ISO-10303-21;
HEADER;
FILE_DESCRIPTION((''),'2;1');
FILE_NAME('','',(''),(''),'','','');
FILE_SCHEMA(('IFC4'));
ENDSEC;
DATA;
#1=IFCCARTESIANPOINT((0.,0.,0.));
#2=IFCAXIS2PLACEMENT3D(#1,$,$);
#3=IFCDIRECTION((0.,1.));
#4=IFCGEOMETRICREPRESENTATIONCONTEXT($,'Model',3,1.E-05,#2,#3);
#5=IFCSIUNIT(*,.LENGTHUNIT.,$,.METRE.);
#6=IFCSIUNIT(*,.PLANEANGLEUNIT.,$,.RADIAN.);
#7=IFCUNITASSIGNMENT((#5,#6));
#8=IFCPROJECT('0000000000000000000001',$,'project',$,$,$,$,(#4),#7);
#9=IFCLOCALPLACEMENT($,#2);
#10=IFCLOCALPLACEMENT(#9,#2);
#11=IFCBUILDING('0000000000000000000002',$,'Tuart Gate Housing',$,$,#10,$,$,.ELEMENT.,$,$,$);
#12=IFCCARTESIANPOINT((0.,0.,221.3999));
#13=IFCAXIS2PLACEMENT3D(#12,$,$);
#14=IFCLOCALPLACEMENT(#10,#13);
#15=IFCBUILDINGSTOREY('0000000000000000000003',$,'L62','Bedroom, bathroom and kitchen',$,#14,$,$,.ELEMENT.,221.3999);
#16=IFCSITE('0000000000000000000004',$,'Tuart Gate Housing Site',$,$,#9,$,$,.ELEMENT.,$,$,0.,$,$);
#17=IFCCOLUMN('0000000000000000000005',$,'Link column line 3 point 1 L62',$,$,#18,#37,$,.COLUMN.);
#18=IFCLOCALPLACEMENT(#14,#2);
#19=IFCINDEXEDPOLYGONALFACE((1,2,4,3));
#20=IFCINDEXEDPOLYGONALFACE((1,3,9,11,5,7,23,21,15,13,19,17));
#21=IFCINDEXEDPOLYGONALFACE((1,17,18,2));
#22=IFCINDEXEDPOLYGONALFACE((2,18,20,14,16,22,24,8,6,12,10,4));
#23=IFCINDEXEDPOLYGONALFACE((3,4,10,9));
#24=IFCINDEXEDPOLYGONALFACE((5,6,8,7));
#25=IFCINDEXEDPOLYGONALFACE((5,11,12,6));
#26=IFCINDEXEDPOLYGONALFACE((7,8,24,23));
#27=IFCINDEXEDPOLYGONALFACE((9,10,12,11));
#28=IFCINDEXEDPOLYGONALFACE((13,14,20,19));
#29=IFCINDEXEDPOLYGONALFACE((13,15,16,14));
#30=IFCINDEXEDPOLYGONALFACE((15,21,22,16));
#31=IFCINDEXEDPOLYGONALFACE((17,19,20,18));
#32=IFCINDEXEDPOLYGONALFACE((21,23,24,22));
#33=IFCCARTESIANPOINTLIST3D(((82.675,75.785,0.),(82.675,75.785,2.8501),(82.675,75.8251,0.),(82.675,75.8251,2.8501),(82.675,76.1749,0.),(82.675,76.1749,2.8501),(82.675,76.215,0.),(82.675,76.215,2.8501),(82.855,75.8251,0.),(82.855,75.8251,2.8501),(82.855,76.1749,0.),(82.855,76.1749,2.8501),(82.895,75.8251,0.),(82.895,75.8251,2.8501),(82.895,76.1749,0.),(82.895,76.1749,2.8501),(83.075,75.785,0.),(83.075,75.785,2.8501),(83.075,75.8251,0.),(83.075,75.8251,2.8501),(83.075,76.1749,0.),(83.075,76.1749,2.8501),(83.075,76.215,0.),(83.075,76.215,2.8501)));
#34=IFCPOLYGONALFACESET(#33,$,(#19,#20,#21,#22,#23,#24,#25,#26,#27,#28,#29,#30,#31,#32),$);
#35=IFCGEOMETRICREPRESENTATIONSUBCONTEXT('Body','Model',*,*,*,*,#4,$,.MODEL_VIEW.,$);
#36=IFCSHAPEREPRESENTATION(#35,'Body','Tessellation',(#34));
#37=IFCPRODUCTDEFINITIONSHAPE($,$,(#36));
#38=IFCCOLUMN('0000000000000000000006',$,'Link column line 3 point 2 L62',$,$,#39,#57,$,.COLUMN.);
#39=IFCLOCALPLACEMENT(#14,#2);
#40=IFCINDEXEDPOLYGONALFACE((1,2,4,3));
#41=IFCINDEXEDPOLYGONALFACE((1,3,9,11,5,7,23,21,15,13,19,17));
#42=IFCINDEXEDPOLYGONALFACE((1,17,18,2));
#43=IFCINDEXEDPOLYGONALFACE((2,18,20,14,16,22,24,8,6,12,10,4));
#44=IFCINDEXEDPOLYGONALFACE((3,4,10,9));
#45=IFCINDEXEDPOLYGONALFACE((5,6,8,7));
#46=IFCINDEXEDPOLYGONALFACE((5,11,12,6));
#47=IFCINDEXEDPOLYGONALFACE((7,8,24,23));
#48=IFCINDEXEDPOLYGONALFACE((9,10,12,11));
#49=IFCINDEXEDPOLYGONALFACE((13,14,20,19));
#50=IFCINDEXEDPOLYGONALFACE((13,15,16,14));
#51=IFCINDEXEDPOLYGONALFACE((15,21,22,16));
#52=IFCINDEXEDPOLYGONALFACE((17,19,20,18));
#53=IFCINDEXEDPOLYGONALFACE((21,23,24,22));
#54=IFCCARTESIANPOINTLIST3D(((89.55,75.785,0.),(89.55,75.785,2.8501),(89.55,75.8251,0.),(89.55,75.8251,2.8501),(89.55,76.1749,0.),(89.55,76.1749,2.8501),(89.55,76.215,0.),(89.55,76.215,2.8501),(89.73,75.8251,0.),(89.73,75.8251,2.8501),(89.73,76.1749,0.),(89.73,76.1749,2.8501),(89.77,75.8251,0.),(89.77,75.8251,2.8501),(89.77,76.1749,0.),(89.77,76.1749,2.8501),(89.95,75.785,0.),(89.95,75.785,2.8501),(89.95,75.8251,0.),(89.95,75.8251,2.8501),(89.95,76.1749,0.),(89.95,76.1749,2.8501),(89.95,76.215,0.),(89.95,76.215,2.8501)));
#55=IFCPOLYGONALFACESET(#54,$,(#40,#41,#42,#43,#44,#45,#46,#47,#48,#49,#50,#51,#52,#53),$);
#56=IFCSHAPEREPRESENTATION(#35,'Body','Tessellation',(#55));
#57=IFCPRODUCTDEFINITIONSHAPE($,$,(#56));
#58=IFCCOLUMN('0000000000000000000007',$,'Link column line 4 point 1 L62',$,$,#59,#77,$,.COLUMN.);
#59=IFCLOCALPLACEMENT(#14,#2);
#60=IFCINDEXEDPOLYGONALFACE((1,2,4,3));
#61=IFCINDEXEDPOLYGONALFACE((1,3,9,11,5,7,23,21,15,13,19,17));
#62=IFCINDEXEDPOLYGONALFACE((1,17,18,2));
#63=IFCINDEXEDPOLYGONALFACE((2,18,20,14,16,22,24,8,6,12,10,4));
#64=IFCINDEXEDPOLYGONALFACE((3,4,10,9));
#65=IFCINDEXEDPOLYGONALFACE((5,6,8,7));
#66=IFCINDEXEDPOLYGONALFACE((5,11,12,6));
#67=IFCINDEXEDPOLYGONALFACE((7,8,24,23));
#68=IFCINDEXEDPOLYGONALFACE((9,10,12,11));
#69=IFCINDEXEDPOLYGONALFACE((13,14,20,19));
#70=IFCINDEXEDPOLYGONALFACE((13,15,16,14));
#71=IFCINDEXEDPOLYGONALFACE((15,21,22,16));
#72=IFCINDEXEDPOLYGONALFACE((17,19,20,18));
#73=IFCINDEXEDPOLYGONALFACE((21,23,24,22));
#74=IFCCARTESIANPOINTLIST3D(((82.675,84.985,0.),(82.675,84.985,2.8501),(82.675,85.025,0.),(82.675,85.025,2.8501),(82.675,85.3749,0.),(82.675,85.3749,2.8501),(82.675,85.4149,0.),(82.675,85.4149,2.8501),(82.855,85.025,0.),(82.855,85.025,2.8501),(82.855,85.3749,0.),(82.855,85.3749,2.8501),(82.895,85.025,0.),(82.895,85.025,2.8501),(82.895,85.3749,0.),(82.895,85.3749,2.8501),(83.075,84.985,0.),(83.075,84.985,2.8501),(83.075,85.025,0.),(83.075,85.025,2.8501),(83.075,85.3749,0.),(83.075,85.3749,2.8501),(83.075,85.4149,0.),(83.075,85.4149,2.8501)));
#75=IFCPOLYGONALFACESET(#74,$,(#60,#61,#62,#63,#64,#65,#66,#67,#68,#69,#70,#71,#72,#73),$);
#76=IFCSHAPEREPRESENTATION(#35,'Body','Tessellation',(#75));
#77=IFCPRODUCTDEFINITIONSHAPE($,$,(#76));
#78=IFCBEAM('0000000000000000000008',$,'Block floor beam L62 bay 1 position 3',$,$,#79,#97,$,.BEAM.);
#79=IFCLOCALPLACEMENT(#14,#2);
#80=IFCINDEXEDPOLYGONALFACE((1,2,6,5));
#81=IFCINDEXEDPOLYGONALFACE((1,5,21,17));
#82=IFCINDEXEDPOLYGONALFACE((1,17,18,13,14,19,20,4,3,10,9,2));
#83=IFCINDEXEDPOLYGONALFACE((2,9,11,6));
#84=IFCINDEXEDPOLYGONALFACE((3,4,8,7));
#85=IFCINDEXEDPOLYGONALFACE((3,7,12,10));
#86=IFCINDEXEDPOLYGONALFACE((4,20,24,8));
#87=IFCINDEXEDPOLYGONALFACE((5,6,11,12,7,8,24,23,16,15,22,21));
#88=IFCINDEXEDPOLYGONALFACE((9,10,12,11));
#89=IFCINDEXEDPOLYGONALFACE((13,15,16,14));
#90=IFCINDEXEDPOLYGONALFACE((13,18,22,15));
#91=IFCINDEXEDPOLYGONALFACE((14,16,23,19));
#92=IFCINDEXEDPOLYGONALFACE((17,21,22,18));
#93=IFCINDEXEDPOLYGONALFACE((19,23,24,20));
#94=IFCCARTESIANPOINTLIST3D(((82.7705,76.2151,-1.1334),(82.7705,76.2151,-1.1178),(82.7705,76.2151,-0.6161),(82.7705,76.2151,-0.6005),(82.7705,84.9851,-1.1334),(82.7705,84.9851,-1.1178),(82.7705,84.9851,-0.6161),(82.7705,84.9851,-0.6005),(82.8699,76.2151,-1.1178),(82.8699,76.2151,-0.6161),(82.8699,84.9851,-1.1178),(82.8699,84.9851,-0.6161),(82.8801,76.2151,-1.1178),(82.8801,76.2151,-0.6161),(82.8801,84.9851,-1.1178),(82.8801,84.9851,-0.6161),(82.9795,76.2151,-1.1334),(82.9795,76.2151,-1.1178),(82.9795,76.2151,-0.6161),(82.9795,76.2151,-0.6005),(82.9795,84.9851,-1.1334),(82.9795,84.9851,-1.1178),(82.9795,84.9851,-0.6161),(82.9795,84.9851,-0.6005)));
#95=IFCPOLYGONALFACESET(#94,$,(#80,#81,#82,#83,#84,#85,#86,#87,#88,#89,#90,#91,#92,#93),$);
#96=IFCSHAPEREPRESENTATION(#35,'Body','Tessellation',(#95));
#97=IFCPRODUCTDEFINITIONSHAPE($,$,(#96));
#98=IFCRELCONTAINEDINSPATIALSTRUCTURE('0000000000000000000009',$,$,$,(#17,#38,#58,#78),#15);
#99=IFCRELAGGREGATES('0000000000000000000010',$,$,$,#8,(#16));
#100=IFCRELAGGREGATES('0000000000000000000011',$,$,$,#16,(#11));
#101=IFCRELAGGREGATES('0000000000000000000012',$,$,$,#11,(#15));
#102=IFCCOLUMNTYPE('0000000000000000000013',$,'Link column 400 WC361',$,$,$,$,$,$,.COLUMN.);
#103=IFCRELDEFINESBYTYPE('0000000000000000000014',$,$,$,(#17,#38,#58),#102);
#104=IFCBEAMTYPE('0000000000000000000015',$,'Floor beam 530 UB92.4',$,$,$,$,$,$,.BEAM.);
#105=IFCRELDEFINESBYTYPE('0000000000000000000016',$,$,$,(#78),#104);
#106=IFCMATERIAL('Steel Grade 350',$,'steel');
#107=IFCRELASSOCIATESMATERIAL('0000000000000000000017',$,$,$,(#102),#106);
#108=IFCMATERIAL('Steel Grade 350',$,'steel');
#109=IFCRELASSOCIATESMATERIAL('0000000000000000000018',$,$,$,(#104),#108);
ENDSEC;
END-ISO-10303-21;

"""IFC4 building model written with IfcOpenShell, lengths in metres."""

from ifc_helpers import new_model, si_unit, direction, frame, origin, origin_2d, place, context, subcontext, project, spatial, i_section, extrude, material, material_profile, profile_set, type_object, element, save


model = new_model("IFC4")

# Units and contexts
model_context = context("Model", 3, precision=1e-05, world=origin(), true_north=direction((0.0, 1.0)))
body_context = subcontext(model_context, "Body", "Model", "MODEL_VIEW")
ifc_project = project(units=[si_unit("LENGTHUNIT", "METRE"), si_unit("PLANEANGLEUNIT", "RADIAN")], contexts=[model_context])

# Site, building, storey
site_placement = place(None, origin())
site = spatial("IfcSite", under=ifc_project, at=site_placement, Name="Tuart Gate Housing Site", CompositionType="ELEMENT", RefElevation=0.0)
building_placement = place(site_placement, origin())
building = spatial("IfcBuilding", under=site, at=building_placement, Name="Tuart Gate Housing", CompositionType="ELEMENT")
storey_placement = place(building_placement, frame((0.0, 0.0, 221.3999)))
storey = spatial("IfcBuildingStorey", under=building, at=storey_placement, Name="L62", Description="Bedroom, bathroom and kitchen", CompositionType="ELEMENT", Elevation=221.3999)

# Columns
ifc_material_1 = material(Name="Steel Grade 350", Category="steel")
ifc_material_profile_1 = material_profile(ifc_material_1, i_section(OverallWidth=0.3999, OverallDepth=0.4299, WebThickness=0.04, FlangeThickness=0.04, at=origin_2d()), Name="400WC361")
ifc_profile_set_1 = profile_set([ifc_material_profile_1], Name="Steel Grade 350")
column_type = type_object("IfcColumnType", Name="Link column 400 WC361", PredefinedType="COLUMN", material=ifc_profile_set_1)
for number, where, z_axis, x_axis, name in (
    (1, (82.875, 76.0, 0.0), (0.0, 0.0, 1.0), (1.0, 0.0, 0.0), "Link column line 3 point 1 L62"),
    (2, (89.75, 76.0, 0.0), (0.0, 0.0, 1.0), (1.0, 0.0, 0.0), "Link column line 3 point 2 L62"),
    (3, (82.875, 85.2, 0.0), (0.0, 0.0, 1.0), (1.0, 0.0, 0.0), "Link column line 4 point 1 L62"),
):
    element("IfcColumn", number, at=place(storey_placement, frame(where, z_axis=z_axis, x_axis=x_axis)), inside=storey, type_object=column_type, Name=name, PredefinedType="COLUMN", context=body_context, shape_type="SweptSolid", body=[
        extrude(i_section(OverallWidth=0.3999, OverallDepth=0.4299, WebThickness=0.04, FlangeThickness=0.04, at=origin_2d()), origin(), (0.0, 0.0, 1.0), 2.8501),
    ])

# Beam
ifc_material_2 = material(Name="Steel Grade 350", Category="steel")
ifc_material_profile_2 = material_profile(ifc_material_2, i_section(OverallWidth=0.209, OverallDepth=0.533, WebThickness=0.0103, FlangeThickness=0.0156, at=origin_2d()), Name="530UB92.4")
ifc_profile_set_2 = profile_set([ifc_material_profile_2], Name="Steel Grade 350")
beam_type = type_object("IfcBeamType", Name="Floor beam 530 UB92.4", PredefinedType="BEAM", material=ifc_profile_set_2)
beam_placement = place(storey_placement, frame((82.875, 76.2151, -0.8669), z_axis=(0.0, 1.0, 0.0), x_axis=(-1.0, 0.0, 0.0)))
element("IfcBeam", 4, at=beam_placement, inside=storey, type_object=beam_type, Name="Block floor beam L62 bay 1 position 3", PredefinedType="BEAM", context=body_context, shape_type="SweptSolid", body=[
    extrude(i_section(OverallWidth=0.209, OverallDepth=0.533, WebThickness=0.0103, FlangeThickness=0.0156, at=origin_2d()), origin(), (0.0, 0.0, 1.0), 8.77),
])

save(model, "model.ifc")
